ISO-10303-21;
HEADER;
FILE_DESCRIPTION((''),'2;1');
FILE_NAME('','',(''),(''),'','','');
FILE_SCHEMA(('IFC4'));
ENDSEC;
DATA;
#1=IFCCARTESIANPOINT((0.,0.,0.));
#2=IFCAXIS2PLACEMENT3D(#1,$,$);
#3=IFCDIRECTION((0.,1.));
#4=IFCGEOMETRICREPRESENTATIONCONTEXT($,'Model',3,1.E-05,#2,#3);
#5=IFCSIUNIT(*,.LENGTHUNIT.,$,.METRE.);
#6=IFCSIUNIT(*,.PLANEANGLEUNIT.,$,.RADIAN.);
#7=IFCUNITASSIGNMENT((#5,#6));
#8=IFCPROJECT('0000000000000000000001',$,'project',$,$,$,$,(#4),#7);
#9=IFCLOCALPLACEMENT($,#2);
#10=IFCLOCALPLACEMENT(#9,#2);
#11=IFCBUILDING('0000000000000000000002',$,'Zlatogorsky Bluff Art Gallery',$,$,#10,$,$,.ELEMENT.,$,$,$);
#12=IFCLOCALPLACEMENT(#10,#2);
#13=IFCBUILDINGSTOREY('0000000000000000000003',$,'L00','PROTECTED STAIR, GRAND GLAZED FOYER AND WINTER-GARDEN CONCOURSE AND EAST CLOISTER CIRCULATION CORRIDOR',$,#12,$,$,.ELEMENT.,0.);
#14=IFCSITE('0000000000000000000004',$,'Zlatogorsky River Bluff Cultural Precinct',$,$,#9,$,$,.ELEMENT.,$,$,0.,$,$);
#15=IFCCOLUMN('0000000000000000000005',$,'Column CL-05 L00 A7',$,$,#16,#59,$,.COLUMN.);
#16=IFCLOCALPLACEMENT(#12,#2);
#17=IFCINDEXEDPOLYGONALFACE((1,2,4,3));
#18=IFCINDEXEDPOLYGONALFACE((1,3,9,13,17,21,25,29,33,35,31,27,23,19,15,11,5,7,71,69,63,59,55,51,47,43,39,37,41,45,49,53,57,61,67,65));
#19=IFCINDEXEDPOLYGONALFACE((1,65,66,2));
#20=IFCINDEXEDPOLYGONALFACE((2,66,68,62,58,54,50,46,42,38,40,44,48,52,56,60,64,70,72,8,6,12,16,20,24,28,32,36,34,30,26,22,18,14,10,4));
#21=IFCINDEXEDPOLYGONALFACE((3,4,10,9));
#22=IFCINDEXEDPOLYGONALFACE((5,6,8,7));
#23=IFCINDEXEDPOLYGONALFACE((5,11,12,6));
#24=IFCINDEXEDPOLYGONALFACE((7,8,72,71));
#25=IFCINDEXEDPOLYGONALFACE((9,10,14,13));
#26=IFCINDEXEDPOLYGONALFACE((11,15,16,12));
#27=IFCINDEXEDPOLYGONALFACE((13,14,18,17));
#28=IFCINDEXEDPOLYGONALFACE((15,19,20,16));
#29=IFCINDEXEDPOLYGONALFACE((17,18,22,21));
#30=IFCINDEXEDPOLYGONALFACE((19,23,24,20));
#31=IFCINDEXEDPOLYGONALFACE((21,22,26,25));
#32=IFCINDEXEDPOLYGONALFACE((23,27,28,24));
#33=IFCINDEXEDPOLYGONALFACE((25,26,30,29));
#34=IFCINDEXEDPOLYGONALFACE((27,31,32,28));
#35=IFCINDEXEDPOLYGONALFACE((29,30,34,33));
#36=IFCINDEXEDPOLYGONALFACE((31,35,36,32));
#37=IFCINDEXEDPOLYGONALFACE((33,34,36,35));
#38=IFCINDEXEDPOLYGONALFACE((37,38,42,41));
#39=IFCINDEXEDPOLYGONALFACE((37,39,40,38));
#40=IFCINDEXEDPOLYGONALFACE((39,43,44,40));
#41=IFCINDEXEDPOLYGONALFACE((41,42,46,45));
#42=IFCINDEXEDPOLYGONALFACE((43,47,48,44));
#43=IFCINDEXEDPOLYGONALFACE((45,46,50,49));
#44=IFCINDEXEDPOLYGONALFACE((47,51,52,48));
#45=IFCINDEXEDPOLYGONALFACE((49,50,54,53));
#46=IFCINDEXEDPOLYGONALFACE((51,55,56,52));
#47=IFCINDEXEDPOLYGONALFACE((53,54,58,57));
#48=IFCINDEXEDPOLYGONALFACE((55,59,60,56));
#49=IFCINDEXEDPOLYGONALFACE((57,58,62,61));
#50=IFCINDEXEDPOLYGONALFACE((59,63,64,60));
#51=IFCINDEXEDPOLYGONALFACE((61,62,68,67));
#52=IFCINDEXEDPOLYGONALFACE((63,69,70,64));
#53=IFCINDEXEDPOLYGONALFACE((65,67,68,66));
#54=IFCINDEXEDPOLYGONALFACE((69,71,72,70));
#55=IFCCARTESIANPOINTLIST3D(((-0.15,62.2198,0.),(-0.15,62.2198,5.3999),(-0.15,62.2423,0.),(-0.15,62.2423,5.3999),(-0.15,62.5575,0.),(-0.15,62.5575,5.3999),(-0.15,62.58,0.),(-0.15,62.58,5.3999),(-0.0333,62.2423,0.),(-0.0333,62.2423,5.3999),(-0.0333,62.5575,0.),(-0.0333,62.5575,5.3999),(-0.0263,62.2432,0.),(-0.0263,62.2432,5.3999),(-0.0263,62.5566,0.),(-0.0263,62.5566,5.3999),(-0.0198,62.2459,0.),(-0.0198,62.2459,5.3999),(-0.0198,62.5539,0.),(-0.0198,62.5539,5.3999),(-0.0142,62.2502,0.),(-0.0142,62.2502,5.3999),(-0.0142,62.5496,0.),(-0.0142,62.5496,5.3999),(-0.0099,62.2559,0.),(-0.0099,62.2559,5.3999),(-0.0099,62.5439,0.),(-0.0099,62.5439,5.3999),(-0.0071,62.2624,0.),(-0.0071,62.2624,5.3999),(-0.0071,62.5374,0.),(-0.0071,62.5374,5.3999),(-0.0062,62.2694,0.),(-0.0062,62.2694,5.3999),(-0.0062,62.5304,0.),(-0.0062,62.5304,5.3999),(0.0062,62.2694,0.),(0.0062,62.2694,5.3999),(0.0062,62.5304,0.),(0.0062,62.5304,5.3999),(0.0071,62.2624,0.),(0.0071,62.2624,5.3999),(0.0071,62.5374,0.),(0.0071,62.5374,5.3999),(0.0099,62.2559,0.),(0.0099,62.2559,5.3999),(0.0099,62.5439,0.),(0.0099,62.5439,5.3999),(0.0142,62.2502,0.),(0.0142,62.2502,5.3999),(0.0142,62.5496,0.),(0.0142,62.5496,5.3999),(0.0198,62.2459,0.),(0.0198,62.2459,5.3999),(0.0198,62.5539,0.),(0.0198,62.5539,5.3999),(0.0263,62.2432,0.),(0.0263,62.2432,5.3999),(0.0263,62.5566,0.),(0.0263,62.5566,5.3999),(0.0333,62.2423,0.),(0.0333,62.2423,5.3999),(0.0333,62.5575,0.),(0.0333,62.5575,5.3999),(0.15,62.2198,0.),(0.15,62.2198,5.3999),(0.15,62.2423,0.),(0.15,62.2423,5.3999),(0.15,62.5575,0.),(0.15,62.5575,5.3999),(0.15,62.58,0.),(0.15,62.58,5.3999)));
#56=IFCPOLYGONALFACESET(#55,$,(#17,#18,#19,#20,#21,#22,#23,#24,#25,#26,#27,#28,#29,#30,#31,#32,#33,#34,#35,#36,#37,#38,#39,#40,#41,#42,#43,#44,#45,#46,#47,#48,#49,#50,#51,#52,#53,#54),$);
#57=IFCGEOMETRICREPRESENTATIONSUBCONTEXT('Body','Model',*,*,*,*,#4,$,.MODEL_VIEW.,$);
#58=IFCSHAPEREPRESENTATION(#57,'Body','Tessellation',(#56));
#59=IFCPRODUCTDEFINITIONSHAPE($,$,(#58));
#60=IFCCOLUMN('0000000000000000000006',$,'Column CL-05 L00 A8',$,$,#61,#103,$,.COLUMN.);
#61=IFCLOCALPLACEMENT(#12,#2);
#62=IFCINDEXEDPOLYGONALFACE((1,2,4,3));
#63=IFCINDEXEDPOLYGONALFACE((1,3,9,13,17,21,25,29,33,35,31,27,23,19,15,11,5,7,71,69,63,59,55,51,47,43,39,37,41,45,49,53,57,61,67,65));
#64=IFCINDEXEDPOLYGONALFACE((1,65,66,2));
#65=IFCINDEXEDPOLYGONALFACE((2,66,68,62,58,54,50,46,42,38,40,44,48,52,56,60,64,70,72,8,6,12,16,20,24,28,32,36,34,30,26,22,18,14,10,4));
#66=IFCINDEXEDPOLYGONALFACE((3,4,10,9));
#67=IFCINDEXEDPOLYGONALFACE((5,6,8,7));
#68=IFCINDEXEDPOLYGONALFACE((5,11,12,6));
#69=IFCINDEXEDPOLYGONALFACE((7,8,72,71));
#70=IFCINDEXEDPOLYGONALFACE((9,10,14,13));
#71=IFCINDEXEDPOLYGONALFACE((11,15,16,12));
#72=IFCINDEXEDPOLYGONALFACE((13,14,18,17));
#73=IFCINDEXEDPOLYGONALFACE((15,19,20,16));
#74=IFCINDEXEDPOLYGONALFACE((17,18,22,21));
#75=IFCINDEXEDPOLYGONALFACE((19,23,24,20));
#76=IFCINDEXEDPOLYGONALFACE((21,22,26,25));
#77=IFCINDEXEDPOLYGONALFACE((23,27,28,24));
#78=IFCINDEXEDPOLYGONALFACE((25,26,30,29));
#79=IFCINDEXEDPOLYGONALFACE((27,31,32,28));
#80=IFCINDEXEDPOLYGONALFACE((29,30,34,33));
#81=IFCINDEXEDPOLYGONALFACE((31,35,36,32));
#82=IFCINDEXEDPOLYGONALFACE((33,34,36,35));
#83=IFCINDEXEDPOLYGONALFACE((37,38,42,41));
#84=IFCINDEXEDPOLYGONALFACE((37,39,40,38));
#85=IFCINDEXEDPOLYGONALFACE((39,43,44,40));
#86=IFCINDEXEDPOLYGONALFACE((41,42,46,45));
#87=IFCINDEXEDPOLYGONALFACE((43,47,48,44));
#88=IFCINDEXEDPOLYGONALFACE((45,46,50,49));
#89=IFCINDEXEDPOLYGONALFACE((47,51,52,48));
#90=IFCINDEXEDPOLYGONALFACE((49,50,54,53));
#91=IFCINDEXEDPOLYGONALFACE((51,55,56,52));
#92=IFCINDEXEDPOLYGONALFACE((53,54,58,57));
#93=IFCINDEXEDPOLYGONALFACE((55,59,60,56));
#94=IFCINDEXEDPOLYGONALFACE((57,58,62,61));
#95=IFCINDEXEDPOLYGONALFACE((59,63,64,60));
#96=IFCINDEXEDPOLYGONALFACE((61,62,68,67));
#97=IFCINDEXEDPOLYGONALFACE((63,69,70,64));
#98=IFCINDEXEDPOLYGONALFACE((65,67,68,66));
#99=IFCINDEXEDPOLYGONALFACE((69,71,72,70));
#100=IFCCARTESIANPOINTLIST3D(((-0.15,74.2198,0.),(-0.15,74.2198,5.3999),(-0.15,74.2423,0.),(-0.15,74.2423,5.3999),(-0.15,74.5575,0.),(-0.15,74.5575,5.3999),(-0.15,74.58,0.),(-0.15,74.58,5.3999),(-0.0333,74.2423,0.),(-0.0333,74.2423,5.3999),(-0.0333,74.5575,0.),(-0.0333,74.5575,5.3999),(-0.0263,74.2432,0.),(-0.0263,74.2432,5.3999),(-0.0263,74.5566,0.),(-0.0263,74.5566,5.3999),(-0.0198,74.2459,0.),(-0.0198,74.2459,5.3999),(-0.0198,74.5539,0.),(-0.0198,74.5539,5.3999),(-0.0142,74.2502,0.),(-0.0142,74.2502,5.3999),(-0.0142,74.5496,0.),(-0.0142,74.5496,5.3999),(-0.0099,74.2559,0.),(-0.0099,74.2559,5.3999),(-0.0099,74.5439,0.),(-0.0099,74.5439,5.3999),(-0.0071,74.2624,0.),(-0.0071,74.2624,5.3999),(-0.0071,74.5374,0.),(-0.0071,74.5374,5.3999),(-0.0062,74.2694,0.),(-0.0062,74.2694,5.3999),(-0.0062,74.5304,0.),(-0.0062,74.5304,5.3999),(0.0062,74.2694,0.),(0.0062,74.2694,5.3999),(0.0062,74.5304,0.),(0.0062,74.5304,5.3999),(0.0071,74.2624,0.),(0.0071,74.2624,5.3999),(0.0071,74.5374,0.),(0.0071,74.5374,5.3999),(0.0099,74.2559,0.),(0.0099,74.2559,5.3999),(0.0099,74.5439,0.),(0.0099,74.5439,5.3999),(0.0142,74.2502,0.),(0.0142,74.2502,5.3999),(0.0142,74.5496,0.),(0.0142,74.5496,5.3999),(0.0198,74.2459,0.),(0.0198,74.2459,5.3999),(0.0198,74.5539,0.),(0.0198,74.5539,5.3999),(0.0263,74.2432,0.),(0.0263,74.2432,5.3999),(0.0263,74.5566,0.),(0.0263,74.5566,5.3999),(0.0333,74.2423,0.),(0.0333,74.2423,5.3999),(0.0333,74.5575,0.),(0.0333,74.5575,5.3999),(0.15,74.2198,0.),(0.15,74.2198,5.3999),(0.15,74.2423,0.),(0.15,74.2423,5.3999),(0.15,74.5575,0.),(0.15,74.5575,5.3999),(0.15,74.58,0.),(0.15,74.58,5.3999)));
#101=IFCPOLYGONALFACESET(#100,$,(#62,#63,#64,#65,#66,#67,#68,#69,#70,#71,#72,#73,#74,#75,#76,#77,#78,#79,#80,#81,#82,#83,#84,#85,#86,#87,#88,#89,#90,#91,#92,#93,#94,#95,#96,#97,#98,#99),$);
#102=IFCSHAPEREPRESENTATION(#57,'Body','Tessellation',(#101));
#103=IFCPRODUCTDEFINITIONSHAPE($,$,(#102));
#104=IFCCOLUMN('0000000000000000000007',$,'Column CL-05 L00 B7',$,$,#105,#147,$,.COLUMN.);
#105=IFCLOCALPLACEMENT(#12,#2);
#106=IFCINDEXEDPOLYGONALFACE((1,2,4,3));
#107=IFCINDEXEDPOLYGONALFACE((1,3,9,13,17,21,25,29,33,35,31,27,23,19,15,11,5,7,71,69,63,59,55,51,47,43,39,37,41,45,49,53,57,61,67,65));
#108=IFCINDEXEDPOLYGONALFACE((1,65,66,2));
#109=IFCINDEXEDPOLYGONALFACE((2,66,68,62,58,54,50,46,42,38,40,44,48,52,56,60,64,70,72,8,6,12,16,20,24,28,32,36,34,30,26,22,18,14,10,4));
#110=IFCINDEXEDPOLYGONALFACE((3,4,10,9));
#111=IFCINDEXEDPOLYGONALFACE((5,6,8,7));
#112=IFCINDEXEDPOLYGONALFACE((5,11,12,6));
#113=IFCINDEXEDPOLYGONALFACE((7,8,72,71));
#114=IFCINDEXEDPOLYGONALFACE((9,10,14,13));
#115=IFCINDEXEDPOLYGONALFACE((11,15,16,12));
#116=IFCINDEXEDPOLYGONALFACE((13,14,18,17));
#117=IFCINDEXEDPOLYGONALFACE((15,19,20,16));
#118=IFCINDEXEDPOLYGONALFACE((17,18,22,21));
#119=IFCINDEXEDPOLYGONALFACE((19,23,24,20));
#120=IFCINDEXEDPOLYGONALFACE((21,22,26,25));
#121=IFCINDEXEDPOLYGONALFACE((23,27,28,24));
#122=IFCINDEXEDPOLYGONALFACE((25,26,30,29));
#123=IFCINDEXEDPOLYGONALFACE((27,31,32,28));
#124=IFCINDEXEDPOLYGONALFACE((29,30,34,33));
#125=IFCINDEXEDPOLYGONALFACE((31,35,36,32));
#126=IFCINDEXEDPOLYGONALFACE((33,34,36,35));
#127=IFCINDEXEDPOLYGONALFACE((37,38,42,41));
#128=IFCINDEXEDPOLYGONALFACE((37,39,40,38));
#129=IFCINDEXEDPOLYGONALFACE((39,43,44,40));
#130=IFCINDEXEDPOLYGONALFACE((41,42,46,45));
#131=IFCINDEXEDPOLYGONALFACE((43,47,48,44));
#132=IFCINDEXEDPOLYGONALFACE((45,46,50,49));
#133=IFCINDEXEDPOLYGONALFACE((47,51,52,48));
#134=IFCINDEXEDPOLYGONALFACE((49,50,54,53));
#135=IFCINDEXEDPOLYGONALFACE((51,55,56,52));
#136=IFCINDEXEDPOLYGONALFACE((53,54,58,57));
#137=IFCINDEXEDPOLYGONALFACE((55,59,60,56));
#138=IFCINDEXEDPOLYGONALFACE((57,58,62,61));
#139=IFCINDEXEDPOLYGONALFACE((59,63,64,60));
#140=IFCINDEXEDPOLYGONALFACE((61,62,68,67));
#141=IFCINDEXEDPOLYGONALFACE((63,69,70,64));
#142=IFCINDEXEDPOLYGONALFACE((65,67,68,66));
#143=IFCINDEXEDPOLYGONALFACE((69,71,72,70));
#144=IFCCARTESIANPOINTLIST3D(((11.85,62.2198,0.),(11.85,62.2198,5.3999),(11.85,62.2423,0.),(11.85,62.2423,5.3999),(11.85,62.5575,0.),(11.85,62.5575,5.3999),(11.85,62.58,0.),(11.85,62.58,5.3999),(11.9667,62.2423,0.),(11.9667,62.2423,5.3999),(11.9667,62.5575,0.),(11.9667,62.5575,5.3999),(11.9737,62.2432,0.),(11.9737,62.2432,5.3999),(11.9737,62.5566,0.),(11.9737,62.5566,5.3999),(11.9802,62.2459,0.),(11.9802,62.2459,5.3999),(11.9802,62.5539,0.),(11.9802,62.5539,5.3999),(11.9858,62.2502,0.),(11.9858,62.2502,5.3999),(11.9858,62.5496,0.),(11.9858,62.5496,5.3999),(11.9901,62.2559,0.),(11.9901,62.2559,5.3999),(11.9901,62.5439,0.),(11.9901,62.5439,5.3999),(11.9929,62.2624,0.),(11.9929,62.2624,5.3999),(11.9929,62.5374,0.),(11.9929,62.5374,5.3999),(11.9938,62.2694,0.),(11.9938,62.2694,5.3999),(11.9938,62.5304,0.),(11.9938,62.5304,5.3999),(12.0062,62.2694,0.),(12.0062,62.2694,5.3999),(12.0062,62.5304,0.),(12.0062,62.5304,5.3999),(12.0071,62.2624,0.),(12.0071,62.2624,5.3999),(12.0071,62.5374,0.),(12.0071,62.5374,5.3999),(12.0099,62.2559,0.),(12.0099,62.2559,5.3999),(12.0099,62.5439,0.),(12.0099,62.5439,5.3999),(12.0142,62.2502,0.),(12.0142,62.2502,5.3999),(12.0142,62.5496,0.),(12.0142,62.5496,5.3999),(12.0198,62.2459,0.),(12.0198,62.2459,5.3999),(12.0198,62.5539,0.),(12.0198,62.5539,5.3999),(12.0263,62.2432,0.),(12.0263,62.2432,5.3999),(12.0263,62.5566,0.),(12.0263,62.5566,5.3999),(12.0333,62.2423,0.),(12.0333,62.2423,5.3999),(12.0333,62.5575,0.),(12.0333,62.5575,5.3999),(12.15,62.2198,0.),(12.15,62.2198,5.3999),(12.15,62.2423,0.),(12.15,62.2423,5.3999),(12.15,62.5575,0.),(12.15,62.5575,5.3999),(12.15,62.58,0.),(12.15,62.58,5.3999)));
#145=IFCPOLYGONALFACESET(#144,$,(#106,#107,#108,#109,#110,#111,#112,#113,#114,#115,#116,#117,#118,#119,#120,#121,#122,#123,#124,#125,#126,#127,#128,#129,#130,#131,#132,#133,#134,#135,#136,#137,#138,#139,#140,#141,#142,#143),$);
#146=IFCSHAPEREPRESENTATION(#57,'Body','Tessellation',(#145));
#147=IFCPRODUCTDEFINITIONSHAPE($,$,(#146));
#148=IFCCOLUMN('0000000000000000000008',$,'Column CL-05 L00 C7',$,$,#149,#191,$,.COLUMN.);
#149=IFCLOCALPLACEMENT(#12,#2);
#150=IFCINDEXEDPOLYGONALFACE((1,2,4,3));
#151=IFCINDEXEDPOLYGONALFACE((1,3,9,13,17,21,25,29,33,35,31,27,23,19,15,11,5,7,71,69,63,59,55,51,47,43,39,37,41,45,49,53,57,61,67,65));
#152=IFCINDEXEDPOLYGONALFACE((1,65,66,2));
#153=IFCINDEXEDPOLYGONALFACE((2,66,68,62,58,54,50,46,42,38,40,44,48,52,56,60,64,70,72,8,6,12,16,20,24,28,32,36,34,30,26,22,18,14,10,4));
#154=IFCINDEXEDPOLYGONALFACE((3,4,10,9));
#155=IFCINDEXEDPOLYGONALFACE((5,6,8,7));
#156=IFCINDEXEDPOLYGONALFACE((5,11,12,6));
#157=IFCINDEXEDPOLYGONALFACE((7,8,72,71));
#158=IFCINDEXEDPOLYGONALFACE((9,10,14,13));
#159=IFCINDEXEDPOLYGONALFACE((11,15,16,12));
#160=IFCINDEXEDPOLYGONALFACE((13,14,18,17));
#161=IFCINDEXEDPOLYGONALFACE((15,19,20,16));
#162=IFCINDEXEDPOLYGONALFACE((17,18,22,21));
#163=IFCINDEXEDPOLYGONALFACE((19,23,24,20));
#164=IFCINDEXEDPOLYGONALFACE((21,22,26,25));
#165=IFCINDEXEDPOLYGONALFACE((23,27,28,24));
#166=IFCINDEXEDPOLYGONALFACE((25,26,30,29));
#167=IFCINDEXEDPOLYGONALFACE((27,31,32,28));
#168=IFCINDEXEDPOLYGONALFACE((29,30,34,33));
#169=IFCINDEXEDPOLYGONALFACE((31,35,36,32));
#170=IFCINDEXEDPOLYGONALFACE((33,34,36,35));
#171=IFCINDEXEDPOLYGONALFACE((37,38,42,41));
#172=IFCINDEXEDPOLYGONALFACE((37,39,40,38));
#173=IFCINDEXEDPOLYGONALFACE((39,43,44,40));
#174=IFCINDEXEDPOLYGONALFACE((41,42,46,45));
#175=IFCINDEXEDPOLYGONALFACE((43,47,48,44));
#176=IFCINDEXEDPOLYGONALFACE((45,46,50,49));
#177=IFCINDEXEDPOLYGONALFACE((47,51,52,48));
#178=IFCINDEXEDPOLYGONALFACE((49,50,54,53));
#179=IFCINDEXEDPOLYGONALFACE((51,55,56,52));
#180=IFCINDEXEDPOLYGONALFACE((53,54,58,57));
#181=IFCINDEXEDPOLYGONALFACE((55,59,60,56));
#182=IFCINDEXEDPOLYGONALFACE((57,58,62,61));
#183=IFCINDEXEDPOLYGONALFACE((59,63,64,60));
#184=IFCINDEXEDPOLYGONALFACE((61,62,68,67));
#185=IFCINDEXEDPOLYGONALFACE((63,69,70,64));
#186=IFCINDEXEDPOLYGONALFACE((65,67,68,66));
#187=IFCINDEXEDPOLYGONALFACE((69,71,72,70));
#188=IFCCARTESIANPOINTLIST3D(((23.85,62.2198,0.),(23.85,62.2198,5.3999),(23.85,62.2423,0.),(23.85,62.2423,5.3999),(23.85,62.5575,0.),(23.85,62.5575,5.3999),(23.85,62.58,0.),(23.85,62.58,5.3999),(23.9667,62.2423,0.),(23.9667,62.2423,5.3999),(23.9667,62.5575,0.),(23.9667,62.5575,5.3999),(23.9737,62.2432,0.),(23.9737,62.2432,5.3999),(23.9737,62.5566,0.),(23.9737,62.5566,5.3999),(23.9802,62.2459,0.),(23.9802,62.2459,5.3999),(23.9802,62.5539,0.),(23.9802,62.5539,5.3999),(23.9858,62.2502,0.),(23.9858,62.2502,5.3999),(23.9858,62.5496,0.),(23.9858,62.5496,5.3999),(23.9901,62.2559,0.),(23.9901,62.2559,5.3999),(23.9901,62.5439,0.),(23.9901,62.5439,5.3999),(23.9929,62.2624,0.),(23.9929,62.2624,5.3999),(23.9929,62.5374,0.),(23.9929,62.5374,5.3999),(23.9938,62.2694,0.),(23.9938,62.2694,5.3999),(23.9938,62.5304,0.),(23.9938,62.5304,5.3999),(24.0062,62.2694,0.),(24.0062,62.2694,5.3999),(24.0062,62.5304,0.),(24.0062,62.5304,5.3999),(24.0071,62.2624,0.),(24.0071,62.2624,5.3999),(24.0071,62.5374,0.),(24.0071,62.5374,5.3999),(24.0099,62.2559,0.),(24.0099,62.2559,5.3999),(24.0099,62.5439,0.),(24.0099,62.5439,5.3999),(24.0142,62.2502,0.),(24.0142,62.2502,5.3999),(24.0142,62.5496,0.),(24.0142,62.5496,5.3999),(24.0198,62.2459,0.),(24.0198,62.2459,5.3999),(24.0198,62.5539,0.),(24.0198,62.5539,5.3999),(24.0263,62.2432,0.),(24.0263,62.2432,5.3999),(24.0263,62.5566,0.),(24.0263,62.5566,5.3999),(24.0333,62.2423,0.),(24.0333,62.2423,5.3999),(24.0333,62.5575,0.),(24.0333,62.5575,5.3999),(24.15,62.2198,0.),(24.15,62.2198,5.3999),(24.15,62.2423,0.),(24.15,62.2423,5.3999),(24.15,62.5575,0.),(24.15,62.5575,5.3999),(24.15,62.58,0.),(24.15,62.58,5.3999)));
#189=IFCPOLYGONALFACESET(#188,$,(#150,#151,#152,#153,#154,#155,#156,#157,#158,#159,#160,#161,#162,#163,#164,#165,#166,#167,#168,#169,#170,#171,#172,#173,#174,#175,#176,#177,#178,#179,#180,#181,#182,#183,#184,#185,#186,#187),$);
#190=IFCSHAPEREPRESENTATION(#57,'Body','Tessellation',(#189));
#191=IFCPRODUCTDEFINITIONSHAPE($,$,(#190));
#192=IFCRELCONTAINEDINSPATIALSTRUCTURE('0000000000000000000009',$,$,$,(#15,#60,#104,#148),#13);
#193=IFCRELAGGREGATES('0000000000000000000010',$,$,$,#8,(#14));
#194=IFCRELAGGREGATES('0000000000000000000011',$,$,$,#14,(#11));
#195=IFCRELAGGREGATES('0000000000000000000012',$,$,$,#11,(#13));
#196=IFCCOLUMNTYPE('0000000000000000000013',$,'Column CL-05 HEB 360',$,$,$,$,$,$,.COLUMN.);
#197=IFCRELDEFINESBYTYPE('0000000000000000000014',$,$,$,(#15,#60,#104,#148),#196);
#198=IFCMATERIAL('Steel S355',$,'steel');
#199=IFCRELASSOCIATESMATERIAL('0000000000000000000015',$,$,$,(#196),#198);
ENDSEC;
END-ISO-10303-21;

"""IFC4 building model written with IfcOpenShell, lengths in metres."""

from ifc_helpers import new_model, si_unit, direction, frame, origin, origin_2d, place, context, subcontext, project, spatial, i_section, extrude, material, material_profile, profile_set, type_object, element, save


model = new_model("IFC4")

# Units and contexts
model_context = context("Model", 3, precision=1e-05, world=origin(), true_north=direction((0.0, 1.0)))
body_context = subcontext(model_context, "Body", "Model", "MODEL_VIEW")
ifc_project = project(units=[si_unit("LENGTHUNIT", "METRE"), si_unit("PLANEANGLEUNIT", "RADIAN")], contexts=[model_context])

# Site, building, storey
site_placement = place(None, origin())
site = spatial("IfcSite", under=ifc_project, at=site_placement, Name="Zlatogorsky River Bluff Cultural Precinct", CompositionType="ELEMENT", RefElevation=0.0)
building_placement = place(site_placement, origin())
building = spatial("IfcBuilding", under=site, at=building_placement, Name="Zlatogorsky Bluff Art Gallery", CompositionType="ELEMENT")
storey_placement = place(building_placement, origin())
storey = spatial("IfcBuildingStorey", under=building, at=storey_placement, Name="L00", Description="PROTECTED STAIR, GRAND GLAZED FOYER AND WINTER-GARDEN CONCOURSE AND EAST CLOISTER CIRCULATION CORRIDOR", CompositionType="ELEMENT", Elevation=0.0)

# Columns
ifc_material_1 = material(Name="Steel S355", Category="steel")
ifc_material_profile_1 = material_profile(ifc_material_1, i_section(OverallWidth=0.3, OverallDepth=0.3601, WebThickness=0.0125, FlangeThickness=0.0225, FilletRadius=0.0271, at=origin_2d()), Name="HEB 360")
ifc_profile_set_1 = profile_set([ifc_material_profile_1], Name="Steel S355")
column_type = type_object("IfcColumnType", Name="Column CL-05 HEB 360", PredefinedType="COLUMN", material=ifc_profile_set_1)
for number, where, z_axis, x_axis, name in (
    (1, (0.0, 62.3999, 0.0), (0.0, 0.0, 1.0), (1.0, 0.0, 0.0), "Column CL-05 L00 A7"),
    (2, (0.0, 74.3999, 0.0), (0.0, 0.0, 1.0), (1.0, 0.0, 0.0), "Column CL-05 L00 A8"),
    (3, (12.0, 62.3999, 0.0), (0.0, 0.0, 1.0), (1.0, 0.0, 0.0), "Column CL-05 L00 B7"),
    (4, (24.0, 62.3999, 0.0), (0.0, 0.0, 1.0), (1.0, 0.0, 0.0), "Column CL-05 L00 C7"),
):
    element("IfcColumn", number, at=place(storey_placement, frame(where, z_axis=z_axis, x_axis=x_axis)), inside=storey, type_object=column_type, Name=name, PredefinedType="COLUMN", context=body_context, shape_type="SweptSolid", body=[
        extrude(i_section(OverallWidth=0.3, OverallDepth=0.3601, WebThickness=0.0125, FlangeThickness=0.0225, FilletRadius=0.0271, at=origin_2d()), origin(), (0.0, 0.0, 1.0), 5.3999),
    ])

save(model, "model.ifc")
